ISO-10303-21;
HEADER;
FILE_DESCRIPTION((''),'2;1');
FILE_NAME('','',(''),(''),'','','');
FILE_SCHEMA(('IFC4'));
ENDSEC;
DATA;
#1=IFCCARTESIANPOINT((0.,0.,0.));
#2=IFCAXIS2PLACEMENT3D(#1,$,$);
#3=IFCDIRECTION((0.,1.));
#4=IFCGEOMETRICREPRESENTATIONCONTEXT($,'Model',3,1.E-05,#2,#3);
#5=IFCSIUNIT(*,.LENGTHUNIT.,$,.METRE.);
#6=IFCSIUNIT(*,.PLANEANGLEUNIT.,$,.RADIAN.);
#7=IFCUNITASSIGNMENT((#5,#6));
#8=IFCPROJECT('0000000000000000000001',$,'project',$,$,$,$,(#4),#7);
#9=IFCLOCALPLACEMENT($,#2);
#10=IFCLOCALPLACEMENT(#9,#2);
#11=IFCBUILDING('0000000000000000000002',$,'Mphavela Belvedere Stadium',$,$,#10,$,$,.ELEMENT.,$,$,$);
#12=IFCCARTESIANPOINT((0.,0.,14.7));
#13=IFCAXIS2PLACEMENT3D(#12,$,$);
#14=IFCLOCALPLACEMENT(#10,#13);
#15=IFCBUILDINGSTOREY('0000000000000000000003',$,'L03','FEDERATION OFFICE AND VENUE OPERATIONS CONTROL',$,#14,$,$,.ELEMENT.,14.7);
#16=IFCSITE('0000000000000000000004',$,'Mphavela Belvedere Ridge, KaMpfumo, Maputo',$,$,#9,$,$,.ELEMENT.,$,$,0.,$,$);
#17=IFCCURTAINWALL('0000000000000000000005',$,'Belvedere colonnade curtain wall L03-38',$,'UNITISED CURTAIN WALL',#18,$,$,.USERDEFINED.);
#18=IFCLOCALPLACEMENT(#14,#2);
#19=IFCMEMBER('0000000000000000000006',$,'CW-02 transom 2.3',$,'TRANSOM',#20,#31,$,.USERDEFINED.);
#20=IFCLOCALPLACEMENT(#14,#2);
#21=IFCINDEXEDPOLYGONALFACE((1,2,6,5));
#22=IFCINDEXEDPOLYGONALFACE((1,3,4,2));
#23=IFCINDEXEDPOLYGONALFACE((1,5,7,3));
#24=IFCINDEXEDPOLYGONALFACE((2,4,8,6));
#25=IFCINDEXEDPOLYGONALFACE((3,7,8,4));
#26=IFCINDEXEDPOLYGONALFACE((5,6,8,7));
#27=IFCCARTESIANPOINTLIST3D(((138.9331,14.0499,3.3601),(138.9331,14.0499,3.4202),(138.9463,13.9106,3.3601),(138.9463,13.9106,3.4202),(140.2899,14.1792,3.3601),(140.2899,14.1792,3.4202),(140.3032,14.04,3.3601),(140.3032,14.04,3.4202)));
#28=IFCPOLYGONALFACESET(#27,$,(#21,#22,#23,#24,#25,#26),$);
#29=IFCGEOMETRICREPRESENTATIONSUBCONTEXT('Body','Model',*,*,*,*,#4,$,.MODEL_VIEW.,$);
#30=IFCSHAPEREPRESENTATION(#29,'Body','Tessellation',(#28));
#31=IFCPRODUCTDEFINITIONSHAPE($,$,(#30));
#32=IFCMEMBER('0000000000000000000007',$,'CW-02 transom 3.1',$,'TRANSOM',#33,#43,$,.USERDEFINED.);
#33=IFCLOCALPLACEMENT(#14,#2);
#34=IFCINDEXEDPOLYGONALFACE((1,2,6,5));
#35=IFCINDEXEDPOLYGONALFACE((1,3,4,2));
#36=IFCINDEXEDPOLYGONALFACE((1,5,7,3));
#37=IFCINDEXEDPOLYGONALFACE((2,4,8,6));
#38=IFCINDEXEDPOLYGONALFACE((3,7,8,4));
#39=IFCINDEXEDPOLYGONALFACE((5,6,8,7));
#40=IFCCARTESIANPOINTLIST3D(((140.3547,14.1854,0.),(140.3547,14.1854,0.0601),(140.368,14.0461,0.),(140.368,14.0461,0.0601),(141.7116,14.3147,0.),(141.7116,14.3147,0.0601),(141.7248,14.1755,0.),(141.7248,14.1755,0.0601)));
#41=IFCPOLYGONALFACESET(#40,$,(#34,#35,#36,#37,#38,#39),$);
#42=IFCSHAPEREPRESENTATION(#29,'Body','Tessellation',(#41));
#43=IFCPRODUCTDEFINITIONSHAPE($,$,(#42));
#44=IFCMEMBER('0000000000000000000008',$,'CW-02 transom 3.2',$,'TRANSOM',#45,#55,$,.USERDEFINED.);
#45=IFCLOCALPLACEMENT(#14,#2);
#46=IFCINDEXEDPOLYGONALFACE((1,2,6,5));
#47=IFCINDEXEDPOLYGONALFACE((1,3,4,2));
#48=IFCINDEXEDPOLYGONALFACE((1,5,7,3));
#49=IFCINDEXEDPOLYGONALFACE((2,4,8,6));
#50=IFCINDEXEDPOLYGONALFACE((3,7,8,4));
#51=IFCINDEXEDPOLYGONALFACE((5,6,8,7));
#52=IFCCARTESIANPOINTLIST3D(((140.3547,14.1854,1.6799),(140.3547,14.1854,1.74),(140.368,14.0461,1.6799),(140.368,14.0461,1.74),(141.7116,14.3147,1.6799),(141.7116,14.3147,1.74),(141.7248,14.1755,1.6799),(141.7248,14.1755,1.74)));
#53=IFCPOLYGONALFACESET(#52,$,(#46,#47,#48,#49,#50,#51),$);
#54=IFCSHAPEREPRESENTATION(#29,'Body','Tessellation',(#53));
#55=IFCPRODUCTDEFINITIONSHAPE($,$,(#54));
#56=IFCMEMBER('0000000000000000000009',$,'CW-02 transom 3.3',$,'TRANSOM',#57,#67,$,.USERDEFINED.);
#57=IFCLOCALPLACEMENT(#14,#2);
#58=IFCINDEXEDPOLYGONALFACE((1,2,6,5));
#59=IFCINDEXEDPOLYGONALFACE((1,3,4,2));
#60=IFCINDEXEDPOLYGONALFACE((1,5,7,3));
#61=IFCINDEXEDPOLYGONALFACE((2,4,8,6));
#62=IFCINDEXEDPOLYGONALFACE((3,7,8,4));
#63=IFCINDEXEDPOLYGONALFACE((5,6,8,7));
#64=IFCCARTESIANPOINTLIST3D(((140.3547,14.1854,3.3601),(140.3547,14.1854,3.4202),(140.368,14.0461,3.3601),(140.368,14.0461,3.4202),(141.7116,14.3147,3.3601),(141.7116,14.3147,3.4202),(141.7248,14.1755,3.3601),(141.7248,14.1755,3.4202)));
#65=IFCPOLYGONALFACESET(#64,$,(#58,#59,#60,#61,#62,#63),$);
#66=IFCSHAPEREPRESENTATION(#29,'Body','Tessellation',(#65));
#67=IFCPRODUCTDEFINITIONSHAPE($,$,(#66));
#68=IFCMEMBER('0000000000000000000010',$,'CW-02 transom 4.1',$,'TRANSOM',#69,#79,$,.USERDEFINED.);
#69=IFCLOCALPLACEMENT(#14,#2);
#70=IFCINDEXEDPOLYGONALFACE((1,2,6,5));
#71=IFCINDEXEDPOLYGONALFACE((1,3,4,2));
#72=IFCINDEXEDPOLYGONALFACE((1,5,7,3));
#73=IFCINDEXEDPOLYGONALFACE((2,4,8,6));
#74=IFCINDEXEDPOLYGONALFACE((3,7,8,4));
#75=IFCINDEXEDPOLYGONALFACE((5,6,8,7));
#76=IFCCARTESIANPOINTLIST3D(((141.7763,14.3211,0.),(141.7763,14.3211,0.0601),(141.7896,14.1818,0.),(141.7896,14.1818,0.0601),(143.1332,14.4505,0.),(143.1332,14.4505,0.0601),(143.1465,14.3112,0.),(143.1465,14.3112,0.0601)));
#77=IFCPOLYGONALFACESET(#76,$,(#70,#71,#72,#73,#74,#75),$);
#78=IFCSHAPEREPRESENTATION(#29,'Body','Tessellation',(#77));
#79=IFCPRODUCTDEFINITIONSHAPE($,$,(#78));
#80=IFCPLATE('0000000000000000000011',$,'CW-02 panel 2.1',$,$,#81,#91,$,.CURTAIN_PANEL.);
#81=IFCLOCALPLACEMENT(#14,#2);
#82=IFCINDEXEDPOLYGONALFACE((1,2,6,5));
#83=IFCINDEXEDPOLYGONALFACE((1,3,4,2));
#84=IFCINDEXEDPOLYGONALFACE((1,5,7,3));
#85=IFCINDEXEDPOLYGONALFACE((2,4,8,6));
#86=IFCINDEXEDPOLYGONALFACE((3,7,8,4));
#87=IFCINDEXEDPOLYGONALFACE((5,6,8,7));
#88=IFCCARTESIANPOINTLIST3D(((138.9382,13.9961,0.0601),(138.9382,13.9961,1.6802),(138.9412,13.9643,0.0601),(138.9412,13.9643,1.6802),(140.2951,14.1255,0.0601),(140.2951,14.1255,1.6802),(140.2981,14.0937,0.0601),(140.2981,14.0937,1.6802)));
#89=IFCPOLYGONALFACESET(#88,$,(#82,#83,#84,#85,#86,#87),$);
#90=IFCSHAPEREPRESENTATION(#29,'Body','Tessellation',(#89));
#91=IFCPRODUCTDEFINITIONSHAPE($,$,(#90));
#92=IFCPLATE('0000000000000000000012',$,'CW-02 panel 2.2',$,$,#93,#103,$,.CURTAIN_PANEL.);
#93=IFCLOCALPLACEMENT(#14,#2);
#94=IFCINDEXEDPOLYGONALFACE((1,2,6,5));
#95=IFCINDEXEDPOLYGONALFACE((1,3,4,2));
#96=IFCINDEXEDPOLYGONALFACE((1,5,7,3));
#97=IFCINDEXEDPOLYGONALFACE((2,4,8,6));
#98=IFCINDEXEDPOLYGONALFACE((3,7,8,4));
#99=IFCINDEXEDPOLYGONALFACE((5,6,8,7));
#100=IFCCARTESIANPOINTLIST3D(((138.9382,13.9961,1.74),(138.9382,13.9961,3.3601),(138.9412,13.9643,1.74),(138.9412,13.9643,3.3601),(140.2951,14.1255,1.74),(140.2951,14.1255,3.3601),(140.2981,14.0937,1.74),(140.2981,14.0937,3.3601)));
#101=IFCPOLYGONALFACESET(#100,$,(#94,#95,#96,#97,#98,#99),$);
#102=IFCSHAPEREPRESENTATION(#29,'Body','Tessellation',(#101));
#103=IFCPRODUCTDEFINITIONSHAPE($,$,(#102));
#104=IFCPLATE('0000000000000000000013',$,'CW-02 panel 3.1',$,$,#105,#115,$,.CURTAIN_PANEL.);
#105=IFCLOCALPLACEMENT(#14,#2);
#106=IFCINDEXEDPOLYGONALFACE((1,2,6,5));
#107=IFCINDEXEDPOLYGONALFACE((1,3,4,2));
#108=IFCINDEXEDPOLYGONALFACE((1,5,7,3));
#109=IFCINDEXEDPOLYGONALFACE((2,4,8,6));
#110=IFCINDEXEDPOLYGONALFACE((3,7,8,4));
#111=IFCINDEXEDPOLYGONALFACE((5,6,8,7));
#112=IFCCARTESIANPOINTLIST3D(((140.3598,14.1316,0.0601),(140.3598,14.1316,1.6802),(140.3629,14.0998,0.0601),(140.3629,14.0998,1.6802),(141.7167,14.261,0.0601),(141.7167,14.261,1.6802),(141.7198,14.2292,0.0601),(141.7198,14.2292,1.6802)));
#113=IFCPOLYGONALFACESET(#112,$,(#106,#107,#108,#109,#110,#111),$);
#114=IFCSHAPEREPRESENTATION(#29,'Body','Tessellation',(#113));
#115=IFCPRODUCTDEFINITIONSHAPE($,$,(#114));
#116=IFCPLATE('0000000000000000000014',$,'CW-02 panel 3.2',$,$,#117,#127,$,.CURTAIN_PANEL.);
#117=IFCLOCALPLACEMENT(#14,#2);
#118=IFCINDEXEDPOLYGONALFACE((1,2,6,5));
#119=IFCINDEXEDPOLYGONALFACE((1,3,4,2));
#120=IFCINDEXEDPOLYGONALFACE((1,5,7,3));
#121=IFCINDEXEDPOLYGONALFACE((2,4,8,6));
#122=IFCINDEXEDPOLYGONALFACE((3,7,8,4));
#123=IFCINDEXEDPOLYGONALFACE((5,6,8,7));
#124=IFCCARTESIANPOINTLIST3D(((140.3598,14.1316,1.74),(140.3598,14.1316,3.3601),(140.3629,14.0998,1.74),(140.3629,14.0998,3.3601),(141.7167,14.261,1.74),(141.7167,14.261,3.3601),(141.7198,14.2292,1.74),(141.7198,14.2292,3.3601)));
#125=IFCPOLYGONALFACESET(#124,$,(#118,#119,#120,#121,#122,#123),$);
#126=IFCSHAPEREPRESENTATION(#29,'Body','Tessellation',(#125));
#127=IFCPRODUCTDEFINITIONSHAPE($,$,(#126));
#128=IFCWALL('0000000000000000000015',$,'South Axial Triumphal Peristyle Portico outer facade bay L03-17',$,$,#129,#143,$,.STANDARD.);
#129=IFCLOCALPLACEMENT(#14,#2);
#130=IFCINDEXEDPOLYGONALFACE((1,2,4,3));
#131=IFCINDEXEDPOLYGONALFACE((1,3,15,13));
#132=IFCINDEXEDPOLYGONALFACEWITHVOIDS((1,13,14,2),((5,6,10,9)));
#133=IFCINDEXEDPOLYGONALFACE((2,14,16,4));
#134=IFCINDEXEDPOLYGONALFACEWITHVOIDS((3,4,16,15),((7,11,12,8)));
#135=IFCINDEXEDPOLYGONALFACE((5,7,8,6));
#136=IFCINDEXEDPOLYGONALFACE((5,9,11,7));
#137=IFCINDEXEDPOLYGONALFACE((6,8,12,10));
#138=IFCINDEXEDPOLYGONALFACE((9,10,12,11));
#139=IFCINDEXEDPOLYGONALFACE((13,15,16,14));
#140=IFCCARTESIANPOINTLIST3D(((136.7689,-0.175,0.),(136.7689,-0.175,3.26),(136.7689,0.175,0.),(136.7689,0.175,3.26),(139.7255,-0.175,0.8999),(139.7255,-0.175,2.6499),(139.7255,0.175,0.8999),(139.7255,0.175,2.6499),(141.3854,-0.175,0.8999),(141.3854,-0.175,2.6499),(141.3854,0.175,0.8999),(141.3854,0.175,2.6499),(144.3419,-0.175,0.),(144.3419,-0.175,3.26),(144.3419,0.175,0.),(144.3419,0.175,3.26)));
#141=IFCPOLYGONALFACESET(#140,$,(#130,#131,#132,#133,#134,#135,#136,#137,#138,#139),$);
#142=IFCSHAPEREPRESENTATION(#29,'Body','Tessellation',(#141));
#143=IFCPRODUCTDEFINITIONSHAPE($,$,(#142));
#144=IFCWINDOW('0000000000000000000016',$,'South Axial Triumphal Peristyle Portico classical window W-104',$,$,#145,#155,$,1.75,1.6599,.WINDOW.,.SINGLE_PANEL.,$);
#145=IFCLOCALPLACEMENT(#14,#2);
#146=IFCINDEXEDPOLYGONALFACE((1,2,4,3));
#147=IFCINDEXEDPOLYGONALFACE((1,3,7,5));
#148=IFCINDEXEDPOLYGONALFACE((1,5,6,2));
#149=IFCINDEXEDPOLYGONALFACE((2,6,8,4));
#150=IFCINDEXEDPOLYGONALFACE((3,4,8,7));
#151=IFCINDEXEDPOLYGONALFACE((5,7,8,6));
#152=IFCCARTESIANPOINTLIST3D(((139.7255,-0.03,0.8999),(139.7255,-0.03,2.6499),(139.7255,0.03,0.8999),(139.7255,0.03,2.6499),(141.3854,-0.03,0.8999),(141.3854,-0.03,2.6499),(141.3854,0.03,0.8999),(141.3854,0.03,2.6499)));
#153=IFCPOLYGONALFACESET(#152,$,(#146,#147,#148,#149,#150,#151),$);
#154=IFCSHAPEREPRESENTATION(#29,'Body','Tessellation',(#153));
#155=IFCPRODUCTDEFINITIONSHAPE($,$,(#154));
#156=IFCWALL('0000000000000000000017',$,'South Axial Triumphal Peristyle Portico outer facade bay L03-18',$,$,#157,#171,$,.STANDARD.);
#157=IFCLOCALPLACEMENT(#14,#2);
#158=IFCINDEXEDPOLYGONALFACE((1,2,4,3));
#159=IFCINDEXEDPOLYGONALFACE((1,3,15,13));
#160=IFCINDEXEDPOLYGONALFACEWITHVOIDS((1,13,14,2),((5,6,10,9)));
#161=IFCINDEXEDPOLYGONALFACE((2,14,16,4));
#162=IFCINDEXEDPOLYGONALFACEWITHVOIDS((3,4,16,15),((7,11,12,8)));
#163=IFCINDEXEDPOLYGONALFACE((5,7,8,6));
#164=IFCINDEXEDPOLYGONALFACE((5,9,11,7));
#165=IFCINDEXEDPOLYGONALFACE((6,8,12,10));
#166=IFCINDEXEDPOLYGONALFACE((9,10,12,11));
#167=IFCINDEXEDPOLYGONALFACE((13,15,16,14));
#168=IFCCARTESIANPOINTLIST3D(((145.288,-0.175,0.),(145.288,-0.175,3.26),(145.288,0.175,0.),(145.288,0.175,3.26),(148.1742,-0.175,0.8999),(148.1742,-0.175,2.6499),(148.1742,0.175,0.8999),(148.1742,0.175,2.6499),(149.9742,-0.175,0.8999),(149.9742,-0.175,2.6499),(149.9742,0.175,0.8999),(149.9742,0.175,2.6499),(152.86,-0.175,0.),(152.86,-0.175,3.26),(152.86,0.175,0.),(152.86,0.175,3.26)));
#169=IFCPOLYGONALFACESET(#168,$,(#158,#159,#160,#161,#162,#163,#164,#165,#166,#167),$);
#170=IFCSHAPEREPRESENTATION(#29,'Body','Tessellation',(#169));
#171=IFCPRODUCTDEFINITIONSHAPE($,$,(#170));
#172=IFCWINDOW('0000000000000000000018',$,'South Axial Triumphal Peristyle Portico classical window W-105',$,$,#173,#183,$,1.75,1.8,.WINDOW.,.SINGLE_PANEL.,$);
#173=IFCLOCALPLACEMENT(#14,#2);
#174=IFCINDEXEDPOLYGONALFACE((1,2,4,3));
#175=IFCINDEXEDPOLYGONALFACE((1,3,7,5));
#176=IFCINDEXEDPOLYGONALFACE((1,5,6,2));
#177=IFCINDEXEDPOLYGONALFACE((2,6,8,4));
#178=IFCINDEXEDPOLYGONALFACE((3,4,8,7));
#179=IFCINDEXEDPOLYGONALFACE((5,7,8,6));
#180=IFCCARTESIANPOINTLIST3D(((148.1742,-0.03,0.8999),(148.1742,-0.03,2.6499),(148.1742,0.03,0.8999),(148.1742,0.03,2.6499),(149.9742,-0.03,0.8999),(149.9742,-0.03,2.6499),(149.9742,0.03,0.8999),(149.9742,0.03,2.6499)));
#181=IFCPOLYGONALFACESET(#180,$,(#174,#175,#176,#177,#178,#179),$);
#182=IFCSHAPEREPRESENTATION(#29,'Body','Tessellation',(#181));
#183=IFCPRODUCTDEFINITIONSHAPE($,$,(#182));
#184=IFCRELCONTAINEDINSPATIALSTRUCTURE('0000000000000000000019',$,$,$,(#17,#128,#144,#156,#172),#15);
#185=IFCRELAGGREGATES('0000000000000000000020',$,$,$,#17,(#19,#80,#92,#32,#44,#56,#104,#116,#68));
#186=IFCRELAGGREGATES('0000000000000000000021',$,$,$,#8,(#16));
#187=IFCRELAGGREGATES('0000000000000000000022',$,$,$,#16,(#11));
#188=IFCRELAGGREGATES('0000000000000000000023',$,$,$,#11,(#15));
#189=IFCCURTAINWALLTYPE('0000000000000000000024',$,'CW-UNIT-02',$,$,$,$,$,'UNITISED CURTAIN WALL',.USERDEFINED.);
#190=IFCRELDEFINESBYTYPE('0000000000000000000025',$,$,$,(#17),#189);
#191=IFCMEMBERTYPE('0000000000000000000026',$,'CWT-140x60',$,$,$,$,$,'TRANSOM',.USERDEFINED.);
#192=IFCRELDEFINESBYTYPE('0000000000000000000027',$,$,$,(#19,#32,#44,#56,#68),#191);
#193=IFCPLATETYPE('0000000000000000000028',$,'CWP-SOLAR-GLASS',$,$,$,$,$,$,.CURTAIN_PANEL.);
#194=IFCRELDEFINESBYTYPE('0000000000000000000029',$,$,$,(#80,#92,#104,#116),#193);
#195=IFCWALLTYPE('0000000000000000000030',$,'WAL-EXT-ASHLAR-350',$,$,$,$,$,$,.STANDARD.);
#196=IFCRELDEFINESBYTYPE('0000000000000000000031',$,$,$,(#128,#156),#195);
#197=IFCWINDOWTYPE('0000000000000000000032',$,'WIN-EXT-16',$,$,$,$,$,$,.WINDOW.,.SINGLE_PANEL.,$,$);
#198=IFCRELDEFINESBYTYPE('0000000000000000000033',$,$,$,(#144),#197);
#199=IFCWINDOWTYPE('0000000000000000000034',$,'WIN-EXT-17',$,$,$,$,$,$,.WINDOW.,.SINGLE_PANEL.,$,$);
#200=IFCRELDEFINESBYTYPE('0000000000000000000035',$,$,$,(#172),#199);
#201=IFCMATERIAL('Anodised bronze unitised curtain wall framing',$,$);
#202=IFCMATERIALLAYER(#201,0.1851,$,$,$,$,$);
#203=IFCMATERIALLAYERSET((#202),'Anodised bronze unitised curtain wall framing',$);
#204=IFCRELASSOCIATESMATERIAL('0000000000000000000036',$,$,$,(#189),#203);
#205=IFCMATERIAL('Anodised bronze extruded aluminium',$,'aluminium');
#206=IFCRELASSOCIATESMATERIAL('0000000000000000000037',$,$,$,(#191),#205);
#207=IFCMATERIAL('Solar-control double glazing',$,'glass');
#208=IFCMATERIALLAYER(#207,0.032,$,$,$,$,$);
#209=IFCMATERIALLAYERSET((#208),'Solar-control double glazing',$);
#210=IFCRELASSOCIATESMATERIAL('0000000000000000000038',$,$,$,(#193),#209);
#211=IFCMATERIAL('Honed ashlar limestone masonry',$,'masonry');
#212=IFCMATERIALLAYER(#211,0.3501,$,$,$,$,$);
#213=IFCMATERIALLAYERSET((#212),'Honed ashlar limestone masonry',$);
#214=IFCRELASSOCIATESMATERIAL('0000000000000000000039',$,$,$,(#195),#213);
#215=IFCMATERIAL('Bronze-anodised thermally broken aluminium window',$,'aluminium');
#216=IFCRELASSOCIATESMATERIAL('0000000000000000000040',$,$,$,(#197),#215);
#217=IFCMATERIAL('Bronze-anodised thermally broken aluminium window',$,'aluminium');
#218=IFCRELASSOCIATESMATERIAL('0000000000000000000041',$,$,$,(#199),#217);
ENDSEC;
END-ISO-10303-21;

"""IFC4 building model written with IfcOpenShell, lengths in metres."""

from ifc_helpers import new_model, si_unit, direction, frame, frame_2d, origin, origin_2d, place, context, subcontext, project, spatial, rectangle, extrude, material, layer, layer_set, material_profile, profile_set, type_object, element, fill, aggregate, save


model = new_model("IFC4")

# Units and contexts
model_context = context("Model", 3, precision=1e-05, world=origin(), true_north=direction((0.0, 1.0)))
body_context = subcontext(model_context, "Body", "Model", "MODEL_VIEW")
ifc_project = project(units=[si_unit("LENGTHUNIT", "METRE"), si_unit("PLANEANGLEUNIT", "RADIAN")], contexts=[model_context])

# Site, building, storey
site_placement = place(None, origin())
site = spatial("IfcSite", under=ifc_project, at=site_placement, Name="Mphavela Belvedere Ridge, KaMpfumo, Maputo", CompositionType="ELEMENT", RefElevation=0.0)
building_placement = place(site_placement, origin())
building = spatial("IfcBuilding", under=site, at=building_placement, Name="Mphavela Belvedere Stadium", CompositionType="ELEMENT")
storey_placement = place(building_placement, frame((0.0, 0.0, 14.7)))
storey = spatial("IfcBuildingStorey", under=building, at=storey_placement, Name="L03", Description="FEDERATION OFFICE AND VENUE OPERATIONS CONTROL", CompositionType="ELEMENT", Elevation=14.7)

# Curtain wall
ifc_material_1 = material(Name="Anodised bronze unitised curtain wall framing")
ifc_layer_1 = layer(ifc_material_1, 0.1851)
ifc_layer_set_1 = layer_set([ifc_layer_1], Name="Anodised bronze unitised curtain wall framing")
curtain_wall_type_1 = type_object("IfcCurtainWallType", Name="CW-UNIT-02", ElementType="UNITISED CURTAIN WALL", PredefinedType="USERDEFINED", material=ifc_layer_set_1)
curtain_wall_1_placement = place(storey_placement, origin())
curtain_wall_1 = element("IfcCurtainWall", 1, at=curtain_wall_1_placement, inside=storey, type_object=curtain_wall_type_1, Name="Belvedere colonnade curtain wall L03-38", ObjectType="UNITISED CURTAIN WALL", PredefinedType="USERDEFINED")

# Members
ifc_material_2 = material(Name="Anodised bronze extruded aluminium", Category="aluminium")
ifc_material_profile_1 = material_profile(ifc_material_2, rectangle(XDim=0.1399, YDim=0.0601, at=origin_2d()), Name="CW-TRN 140x60")
ifc_profile_set_1 = profile_set([ifc_material_profile_1], Name="Anodised bronze extruded aluminium")
member_type_1 = type_object("IfcMemberType", Name="CWT-140x60", ElementType="TRANSOM", PredefinedType="USERDEFINED", material=ifc_profile_set_1)
member_1_placement = place(storey_placement, frame((138.9397, 13.9802, 3.3901), z_axis=(0.995484, 0.094927, 0.0), x_axis=(-0.094927, 0.995484, 0.0)))
member_1 = element("IfcMember", 2, at=member_1_placement, type_object=member_type_1, Name="CW-02 transom 2.3", ObjectType="TRANSOM", PredefinedType="USERDEFINED", context=body_context, shape_type="SweptSolid", body=[
    extrude(rectangle(XDim=0.1399, YDim=0.0601, at=origin_2d()), origin(), (0.0, 0.0, 1.0), 1.363),
])
member_2_placement = place(storey_placement, frame((140.3613, 14.1157, 0.03), z_axis=(0.995484, 0.094927, 0.0), x_axis=(-0.094927, 0.995484, 0.0)))
member_2 = element("IfcMember", 3, at=member_2_placement, type_object=member_type_1, Name="CW-02 transom 3.1", ObjectType="TRANSOM", PredefinedType="USERDEFINED", context=body_context, shape_type="SweptSolid", body=[
    extrude(rectangle(XDim=0.1399, YDim=0.0601, at=origin_2d()), origin(), (0.0, 0.0, 1.0), 1.363),
])
member_3_placement = place(storey_placement, frame((140.3613, 14.1157, 1.71), z_axis=(0.995484, 0.094927, 0.0), x_axis=(-0.094927, 0.995484, 0.0)))
member_3 = element("IfcMember", 4, at=member_3_placement, type_object=member_type_1, Name="CW-02 transom 3.2", ObjectType="TRANSOM", PredefinedType="USERDEFINED", context=body_context, shape_type="SweptSolid", body=[
    extrude(rectangle(XDim=0.1399, YDim=0.0601, at=origin_2d()), origin(), (0.0, 0.0, 1.0), 1.363),
])
member_4_placement = place(storey_placement, frame((140.3613, 14.1157, 3.3901), z_axis=(0.995484, 0.094927, 0.0), x_axis=(-0.094927, 0.995484, 0.0)))
member_4 = element("IfcMember", 5, at=member_4_placement, type_object=member_type_1, Name="CW-02 transom 3.3", ObjectType="TRANSOM", PredefinedType="USERDEFINED", context=body_context, shape_type="SweptSolid", body=[
    extrude(rectangle(XDim=0.1399, YDim=0.0601, at=origin_2d()), origin(), (0.0, 0.0, 1.0), 1.363),
])
member_5_placement = place(storey_placement, frame((141.783, 14.2515, 0.03), z_axis=(0.995484, 0.094927, 0.0), x_axis=(-0.094927, 0.995484, 0.0)))
member_5 = element("IfcMember", 6, at=member_5_placement, type_object=member_type_1, Name="CW-02 transom 4.1", ObjectType="TRANSOM", PredefinedType="USERDEFINED", context=body_context, shape_type="SweptSolid", body=[
    extrude(rectangle(XDim=0.1399, YDim=0.0601, at=origin_2d()), origin(), (0.0, 0.0, 1.0), 1.363),
])

# Plates
ifc_material_3 = material(Name="Solar-control double glazing", Category="glass")
ifc_layer_2 = layer(ifc_material_3, 0.032)
ifc_layer_set_2 = layer_set([ifc_layer_2], Name="Solar-control double glazing")
plate_type = type_object("IfcPlateType", Name="CWP-SOLAR-GLASS", PredefinedType="CURTAIN_PANEL", material=ifc_layer_set_2)
plate_1_placement = place(storey_placement, frame((139.6182, 14.0449, 0.0601), z_axis=(0.0, 0.0, 1.0), x_axis=(0.995484, 0.094929, 0.0)))
plate_1 = element("IfcPlate", 7, at=plate_1_placement, type_object=plate_type, Name="CW-02 panel 2.1", PredefinedType="CURTAIN_PANEL", context=body_context, shape_type="SweptSolid", body=[
    extrude(rectangle(XDim=1.363, YDim=0.032, at=origin_2d()), origin(), (0.0, 0.0, 1.0), 1.6201),
])
plate_2_placement = place(storey_placement, frame((139.6182, 14.0449, 1.74), z_axis=(0.0, 0.0, 1.0), x_axis=(0.995484, 0.094929, 0.0)))
plate_2 = element("IfcPlate", 8, at=plate_2_placement, type_object=plate_type, Name="CW-02 panel 2.2", PredefinedType="CURTAIN_PANEL", context=body_context, shape_type="SweptSolid", body=[
    extrude(rectangle(XDim=1.363, YDim=0.032, at=origin_2d()), origin(), (0.0, 0.0, 1.0), 1.6201),
])
plate_3_placement = place(storey_placement, frame((141.0398, 14.1804, 0.0601), z_axis=(0.0, 0.0, 1.0), x_axis=(0.995484, 0.094929, 0.0)))
plate_3 = element("IfcPlate", 9, at=plate_3_placement, type_object=plate_type, Name="CW-02 panel 3.1", PredefinedType="CURTAIN_PANEL", context=body_context, shape_type="SweptSolid", body=[
    extrude(rectangle(XDim=1.363, YDim=0.032, at=origin_2d()), origin(), (0.0, 0.0, 1.0), 1.6201),
])
plate_4_placement = place(storey_placement, frame((141.0398, 14.1804, 1.74), z_axis=(0.0, 0.0, 1.0), x_axis=(0.995484, 0.094929, 0.0)))
plate_4 = element("IfcPlate", 10, at=plate_4_placement, type_object=plate_type, Name="CW-02 panel 3.2", PredefinedType="CURTAIN_PANEL", context=body_context, shape_type="SweptSolid", body=[
    extrude(rectangle(XDim=1.363, YDim=0.032, at=origin_2d()), origin(), (0.0, 0.0, 1.0), 1.6201),
])
aggregate(curtain_wall_1, [member_1, plate_1, plate_2, member_2, member_3, member_4, plate_3, plate_4, member_5])

# Walls, openings, windows
ifc_material_4 = material(Name="Honed ashlar limestone masonry", Category="masonry")
ifc_layer_3 = layer(ifc_material_4, 0.3501)
ifc_layer_set_3 = layer_set([ifc_layer_3], Name="Honed ashlar limestone masonry")
wall_type_1 = type_object("IfcWallType", Name="WAL-EXT-ASHLAR-350", PredefinedType="STANDARD", material=ifc_layer_set_3)
wall_1_placement = place(storey_placement, frame((144.342, 0.0, 0.0), z_axis=(0.0, 0.0, 1.0), x_axis=(-1.0, 0.0, 0.0)))
wall_1 = element("IfcWall", 11, at=wall_1_placement, inside=storey, type_object=wall_type_1, Name="South Axial Triumphal Peristyle Portico outer facade bay L03-17", PredefinedType="STANDARD", context=body_context, shape_type="SweptSolid", body=[
    extrude(rectangle(XDim=7.573, YDim=0.3501, at=frame_2d((3.7866, 0.0))), origin(), (0.0, 0.0, 1.0), 3.26),
])
opening_1_placement = place(wall_1_placement, frame((2.9565, 0.0, 0.8999)))
opening_1 = element("IfcOpeningElement", 12, at=opening_1_placement, cuts=wall_1, PredefinedType="OPENING", context=body_context, shape_type="SweptSolid", body=[
    extrude(rectangle(XDim=1.6599, YDim=1.75, at=frame_2d((0.8301, 0.875))), frame((0.0, 0.1851, 0.0), z_axis=(0.0, -1.0, 0.0), x_axis=(1.0, 0.0, 0.0)), (0.0, 0.0, 1.0), 0.3701),
])
ifc_material_5 = material(Name="Bronze-anodised thermally broken aluminium window", Category="aluminium")
window_type_1 = type_object("IfcWindowType", Name="WIN-EXT-16", PartitioningType="SINGLE_PANEL", PredefinedType="WINDOW", material=ifc_material_5)
window_1_placement = place(opening_1_placement, origin())
window_1 = element("IfcWindow", 13, at=window_1_placement, inside=storey, type_object=window_type_1, Name="South Axial Triumphal Peristyle Portico classical window W-104", OverallHeight=1.75, OverallWidth=1.6599, PartitioningType="SINGLE_PANEL", PredefinedType="WINDOW", context=body_context, shape_type="SweptSolid", body=[
    extrude(rectangle(XDim=1.6599, YDim=1.75, at=frame_2d((0.8301, 0.875))), frame((0.0, 0.03, 0.0), z_axis=(0.0, -1.0, 0.0), x_axis=(1.0, 0.0, 0.0)), (0.0, 0.0, 1.0), 0.0601),
])
fill(opening_1, window_1)
wall_2_placement = place(storey_placement, frame((152.8601, 0.0, 0.0), z_axis=(0.0, 0.0, 1.0), x_axis=(-1.0, 0.0, 0.0)))
wall_2 = element("IfcWall", 14, at=wall_2_placement, inside=storey, type_object=wall_type_1, Name="South Axial Triumphal Peristyle Portico outer facade bay L03-18", PredefinedType="STANDARD", context=body_context, shape_type="SweptSolid", body=[
    extrude(rectangle(XDim=7.572, YDim=0.3501, at=frame_2d((3.7861, 0.0))), origin(), (0.0, 0.0, 1.0), 3.26),
])
opening_2_placement = place(wall_2_placement, frame((2.886, 0.0, 0.8999)))
opening_2 = element("IfcOpeningElement", 15, at=opening_2_placement, cuts=wall_2, PredefinedType="OPENING", context=body_context, shape_type="SweptSolid", body=[
    extrude(rectangle(XDim=1.8, YDim=1.75, at=frame_2d((0.8999, 0.875))), frame((0.0, 0.1851, 0.0), z_axis=(0.0, -1.0, 0.0), x_axis=(1.0, 0.0, 0.0)), (0.0, 0.0, 1.0), 0.3701),
])
ifc_material_6 = material(Name="Bronze-anodised thermally broken aluminium window", Category="aluminium")
window_type_2 = type_object("IfcWindowType", Name="WIN-EXT-17", PartitioningType="SINGLE_PANEL", PredefinedType="WINDOW", material=ifc_material_6)
window_2_placement = place(opening_2_placement, origin())
window_2 = element("IfcWindow", 16, at=window_2_placement, inside=storey, type_object=window_type_2, Name="South Axial Triumphal Peristyle Portico classical window W-105", OverallHeight=1.75, OverallWidth=1.8, PartitioningType="SINGLE_PANEL", PredefinedType="WINDOW", context=body_context, shape_type="SweptSolid", body=[
    extrude(rectangle(XDim=1.8, YDim=1.75, at=frame_2d((0.8999, 0.875))), frame((0.0, 0.03, 0.0), z_axis=(0.0, -1.0, 0.0), x_axis=(1.0, 0.0, 0.0)), (0.0, 0.0, 1.0), 0.0601),
])
fill(opening_2, window_2)

save(model, "model.ifc")
